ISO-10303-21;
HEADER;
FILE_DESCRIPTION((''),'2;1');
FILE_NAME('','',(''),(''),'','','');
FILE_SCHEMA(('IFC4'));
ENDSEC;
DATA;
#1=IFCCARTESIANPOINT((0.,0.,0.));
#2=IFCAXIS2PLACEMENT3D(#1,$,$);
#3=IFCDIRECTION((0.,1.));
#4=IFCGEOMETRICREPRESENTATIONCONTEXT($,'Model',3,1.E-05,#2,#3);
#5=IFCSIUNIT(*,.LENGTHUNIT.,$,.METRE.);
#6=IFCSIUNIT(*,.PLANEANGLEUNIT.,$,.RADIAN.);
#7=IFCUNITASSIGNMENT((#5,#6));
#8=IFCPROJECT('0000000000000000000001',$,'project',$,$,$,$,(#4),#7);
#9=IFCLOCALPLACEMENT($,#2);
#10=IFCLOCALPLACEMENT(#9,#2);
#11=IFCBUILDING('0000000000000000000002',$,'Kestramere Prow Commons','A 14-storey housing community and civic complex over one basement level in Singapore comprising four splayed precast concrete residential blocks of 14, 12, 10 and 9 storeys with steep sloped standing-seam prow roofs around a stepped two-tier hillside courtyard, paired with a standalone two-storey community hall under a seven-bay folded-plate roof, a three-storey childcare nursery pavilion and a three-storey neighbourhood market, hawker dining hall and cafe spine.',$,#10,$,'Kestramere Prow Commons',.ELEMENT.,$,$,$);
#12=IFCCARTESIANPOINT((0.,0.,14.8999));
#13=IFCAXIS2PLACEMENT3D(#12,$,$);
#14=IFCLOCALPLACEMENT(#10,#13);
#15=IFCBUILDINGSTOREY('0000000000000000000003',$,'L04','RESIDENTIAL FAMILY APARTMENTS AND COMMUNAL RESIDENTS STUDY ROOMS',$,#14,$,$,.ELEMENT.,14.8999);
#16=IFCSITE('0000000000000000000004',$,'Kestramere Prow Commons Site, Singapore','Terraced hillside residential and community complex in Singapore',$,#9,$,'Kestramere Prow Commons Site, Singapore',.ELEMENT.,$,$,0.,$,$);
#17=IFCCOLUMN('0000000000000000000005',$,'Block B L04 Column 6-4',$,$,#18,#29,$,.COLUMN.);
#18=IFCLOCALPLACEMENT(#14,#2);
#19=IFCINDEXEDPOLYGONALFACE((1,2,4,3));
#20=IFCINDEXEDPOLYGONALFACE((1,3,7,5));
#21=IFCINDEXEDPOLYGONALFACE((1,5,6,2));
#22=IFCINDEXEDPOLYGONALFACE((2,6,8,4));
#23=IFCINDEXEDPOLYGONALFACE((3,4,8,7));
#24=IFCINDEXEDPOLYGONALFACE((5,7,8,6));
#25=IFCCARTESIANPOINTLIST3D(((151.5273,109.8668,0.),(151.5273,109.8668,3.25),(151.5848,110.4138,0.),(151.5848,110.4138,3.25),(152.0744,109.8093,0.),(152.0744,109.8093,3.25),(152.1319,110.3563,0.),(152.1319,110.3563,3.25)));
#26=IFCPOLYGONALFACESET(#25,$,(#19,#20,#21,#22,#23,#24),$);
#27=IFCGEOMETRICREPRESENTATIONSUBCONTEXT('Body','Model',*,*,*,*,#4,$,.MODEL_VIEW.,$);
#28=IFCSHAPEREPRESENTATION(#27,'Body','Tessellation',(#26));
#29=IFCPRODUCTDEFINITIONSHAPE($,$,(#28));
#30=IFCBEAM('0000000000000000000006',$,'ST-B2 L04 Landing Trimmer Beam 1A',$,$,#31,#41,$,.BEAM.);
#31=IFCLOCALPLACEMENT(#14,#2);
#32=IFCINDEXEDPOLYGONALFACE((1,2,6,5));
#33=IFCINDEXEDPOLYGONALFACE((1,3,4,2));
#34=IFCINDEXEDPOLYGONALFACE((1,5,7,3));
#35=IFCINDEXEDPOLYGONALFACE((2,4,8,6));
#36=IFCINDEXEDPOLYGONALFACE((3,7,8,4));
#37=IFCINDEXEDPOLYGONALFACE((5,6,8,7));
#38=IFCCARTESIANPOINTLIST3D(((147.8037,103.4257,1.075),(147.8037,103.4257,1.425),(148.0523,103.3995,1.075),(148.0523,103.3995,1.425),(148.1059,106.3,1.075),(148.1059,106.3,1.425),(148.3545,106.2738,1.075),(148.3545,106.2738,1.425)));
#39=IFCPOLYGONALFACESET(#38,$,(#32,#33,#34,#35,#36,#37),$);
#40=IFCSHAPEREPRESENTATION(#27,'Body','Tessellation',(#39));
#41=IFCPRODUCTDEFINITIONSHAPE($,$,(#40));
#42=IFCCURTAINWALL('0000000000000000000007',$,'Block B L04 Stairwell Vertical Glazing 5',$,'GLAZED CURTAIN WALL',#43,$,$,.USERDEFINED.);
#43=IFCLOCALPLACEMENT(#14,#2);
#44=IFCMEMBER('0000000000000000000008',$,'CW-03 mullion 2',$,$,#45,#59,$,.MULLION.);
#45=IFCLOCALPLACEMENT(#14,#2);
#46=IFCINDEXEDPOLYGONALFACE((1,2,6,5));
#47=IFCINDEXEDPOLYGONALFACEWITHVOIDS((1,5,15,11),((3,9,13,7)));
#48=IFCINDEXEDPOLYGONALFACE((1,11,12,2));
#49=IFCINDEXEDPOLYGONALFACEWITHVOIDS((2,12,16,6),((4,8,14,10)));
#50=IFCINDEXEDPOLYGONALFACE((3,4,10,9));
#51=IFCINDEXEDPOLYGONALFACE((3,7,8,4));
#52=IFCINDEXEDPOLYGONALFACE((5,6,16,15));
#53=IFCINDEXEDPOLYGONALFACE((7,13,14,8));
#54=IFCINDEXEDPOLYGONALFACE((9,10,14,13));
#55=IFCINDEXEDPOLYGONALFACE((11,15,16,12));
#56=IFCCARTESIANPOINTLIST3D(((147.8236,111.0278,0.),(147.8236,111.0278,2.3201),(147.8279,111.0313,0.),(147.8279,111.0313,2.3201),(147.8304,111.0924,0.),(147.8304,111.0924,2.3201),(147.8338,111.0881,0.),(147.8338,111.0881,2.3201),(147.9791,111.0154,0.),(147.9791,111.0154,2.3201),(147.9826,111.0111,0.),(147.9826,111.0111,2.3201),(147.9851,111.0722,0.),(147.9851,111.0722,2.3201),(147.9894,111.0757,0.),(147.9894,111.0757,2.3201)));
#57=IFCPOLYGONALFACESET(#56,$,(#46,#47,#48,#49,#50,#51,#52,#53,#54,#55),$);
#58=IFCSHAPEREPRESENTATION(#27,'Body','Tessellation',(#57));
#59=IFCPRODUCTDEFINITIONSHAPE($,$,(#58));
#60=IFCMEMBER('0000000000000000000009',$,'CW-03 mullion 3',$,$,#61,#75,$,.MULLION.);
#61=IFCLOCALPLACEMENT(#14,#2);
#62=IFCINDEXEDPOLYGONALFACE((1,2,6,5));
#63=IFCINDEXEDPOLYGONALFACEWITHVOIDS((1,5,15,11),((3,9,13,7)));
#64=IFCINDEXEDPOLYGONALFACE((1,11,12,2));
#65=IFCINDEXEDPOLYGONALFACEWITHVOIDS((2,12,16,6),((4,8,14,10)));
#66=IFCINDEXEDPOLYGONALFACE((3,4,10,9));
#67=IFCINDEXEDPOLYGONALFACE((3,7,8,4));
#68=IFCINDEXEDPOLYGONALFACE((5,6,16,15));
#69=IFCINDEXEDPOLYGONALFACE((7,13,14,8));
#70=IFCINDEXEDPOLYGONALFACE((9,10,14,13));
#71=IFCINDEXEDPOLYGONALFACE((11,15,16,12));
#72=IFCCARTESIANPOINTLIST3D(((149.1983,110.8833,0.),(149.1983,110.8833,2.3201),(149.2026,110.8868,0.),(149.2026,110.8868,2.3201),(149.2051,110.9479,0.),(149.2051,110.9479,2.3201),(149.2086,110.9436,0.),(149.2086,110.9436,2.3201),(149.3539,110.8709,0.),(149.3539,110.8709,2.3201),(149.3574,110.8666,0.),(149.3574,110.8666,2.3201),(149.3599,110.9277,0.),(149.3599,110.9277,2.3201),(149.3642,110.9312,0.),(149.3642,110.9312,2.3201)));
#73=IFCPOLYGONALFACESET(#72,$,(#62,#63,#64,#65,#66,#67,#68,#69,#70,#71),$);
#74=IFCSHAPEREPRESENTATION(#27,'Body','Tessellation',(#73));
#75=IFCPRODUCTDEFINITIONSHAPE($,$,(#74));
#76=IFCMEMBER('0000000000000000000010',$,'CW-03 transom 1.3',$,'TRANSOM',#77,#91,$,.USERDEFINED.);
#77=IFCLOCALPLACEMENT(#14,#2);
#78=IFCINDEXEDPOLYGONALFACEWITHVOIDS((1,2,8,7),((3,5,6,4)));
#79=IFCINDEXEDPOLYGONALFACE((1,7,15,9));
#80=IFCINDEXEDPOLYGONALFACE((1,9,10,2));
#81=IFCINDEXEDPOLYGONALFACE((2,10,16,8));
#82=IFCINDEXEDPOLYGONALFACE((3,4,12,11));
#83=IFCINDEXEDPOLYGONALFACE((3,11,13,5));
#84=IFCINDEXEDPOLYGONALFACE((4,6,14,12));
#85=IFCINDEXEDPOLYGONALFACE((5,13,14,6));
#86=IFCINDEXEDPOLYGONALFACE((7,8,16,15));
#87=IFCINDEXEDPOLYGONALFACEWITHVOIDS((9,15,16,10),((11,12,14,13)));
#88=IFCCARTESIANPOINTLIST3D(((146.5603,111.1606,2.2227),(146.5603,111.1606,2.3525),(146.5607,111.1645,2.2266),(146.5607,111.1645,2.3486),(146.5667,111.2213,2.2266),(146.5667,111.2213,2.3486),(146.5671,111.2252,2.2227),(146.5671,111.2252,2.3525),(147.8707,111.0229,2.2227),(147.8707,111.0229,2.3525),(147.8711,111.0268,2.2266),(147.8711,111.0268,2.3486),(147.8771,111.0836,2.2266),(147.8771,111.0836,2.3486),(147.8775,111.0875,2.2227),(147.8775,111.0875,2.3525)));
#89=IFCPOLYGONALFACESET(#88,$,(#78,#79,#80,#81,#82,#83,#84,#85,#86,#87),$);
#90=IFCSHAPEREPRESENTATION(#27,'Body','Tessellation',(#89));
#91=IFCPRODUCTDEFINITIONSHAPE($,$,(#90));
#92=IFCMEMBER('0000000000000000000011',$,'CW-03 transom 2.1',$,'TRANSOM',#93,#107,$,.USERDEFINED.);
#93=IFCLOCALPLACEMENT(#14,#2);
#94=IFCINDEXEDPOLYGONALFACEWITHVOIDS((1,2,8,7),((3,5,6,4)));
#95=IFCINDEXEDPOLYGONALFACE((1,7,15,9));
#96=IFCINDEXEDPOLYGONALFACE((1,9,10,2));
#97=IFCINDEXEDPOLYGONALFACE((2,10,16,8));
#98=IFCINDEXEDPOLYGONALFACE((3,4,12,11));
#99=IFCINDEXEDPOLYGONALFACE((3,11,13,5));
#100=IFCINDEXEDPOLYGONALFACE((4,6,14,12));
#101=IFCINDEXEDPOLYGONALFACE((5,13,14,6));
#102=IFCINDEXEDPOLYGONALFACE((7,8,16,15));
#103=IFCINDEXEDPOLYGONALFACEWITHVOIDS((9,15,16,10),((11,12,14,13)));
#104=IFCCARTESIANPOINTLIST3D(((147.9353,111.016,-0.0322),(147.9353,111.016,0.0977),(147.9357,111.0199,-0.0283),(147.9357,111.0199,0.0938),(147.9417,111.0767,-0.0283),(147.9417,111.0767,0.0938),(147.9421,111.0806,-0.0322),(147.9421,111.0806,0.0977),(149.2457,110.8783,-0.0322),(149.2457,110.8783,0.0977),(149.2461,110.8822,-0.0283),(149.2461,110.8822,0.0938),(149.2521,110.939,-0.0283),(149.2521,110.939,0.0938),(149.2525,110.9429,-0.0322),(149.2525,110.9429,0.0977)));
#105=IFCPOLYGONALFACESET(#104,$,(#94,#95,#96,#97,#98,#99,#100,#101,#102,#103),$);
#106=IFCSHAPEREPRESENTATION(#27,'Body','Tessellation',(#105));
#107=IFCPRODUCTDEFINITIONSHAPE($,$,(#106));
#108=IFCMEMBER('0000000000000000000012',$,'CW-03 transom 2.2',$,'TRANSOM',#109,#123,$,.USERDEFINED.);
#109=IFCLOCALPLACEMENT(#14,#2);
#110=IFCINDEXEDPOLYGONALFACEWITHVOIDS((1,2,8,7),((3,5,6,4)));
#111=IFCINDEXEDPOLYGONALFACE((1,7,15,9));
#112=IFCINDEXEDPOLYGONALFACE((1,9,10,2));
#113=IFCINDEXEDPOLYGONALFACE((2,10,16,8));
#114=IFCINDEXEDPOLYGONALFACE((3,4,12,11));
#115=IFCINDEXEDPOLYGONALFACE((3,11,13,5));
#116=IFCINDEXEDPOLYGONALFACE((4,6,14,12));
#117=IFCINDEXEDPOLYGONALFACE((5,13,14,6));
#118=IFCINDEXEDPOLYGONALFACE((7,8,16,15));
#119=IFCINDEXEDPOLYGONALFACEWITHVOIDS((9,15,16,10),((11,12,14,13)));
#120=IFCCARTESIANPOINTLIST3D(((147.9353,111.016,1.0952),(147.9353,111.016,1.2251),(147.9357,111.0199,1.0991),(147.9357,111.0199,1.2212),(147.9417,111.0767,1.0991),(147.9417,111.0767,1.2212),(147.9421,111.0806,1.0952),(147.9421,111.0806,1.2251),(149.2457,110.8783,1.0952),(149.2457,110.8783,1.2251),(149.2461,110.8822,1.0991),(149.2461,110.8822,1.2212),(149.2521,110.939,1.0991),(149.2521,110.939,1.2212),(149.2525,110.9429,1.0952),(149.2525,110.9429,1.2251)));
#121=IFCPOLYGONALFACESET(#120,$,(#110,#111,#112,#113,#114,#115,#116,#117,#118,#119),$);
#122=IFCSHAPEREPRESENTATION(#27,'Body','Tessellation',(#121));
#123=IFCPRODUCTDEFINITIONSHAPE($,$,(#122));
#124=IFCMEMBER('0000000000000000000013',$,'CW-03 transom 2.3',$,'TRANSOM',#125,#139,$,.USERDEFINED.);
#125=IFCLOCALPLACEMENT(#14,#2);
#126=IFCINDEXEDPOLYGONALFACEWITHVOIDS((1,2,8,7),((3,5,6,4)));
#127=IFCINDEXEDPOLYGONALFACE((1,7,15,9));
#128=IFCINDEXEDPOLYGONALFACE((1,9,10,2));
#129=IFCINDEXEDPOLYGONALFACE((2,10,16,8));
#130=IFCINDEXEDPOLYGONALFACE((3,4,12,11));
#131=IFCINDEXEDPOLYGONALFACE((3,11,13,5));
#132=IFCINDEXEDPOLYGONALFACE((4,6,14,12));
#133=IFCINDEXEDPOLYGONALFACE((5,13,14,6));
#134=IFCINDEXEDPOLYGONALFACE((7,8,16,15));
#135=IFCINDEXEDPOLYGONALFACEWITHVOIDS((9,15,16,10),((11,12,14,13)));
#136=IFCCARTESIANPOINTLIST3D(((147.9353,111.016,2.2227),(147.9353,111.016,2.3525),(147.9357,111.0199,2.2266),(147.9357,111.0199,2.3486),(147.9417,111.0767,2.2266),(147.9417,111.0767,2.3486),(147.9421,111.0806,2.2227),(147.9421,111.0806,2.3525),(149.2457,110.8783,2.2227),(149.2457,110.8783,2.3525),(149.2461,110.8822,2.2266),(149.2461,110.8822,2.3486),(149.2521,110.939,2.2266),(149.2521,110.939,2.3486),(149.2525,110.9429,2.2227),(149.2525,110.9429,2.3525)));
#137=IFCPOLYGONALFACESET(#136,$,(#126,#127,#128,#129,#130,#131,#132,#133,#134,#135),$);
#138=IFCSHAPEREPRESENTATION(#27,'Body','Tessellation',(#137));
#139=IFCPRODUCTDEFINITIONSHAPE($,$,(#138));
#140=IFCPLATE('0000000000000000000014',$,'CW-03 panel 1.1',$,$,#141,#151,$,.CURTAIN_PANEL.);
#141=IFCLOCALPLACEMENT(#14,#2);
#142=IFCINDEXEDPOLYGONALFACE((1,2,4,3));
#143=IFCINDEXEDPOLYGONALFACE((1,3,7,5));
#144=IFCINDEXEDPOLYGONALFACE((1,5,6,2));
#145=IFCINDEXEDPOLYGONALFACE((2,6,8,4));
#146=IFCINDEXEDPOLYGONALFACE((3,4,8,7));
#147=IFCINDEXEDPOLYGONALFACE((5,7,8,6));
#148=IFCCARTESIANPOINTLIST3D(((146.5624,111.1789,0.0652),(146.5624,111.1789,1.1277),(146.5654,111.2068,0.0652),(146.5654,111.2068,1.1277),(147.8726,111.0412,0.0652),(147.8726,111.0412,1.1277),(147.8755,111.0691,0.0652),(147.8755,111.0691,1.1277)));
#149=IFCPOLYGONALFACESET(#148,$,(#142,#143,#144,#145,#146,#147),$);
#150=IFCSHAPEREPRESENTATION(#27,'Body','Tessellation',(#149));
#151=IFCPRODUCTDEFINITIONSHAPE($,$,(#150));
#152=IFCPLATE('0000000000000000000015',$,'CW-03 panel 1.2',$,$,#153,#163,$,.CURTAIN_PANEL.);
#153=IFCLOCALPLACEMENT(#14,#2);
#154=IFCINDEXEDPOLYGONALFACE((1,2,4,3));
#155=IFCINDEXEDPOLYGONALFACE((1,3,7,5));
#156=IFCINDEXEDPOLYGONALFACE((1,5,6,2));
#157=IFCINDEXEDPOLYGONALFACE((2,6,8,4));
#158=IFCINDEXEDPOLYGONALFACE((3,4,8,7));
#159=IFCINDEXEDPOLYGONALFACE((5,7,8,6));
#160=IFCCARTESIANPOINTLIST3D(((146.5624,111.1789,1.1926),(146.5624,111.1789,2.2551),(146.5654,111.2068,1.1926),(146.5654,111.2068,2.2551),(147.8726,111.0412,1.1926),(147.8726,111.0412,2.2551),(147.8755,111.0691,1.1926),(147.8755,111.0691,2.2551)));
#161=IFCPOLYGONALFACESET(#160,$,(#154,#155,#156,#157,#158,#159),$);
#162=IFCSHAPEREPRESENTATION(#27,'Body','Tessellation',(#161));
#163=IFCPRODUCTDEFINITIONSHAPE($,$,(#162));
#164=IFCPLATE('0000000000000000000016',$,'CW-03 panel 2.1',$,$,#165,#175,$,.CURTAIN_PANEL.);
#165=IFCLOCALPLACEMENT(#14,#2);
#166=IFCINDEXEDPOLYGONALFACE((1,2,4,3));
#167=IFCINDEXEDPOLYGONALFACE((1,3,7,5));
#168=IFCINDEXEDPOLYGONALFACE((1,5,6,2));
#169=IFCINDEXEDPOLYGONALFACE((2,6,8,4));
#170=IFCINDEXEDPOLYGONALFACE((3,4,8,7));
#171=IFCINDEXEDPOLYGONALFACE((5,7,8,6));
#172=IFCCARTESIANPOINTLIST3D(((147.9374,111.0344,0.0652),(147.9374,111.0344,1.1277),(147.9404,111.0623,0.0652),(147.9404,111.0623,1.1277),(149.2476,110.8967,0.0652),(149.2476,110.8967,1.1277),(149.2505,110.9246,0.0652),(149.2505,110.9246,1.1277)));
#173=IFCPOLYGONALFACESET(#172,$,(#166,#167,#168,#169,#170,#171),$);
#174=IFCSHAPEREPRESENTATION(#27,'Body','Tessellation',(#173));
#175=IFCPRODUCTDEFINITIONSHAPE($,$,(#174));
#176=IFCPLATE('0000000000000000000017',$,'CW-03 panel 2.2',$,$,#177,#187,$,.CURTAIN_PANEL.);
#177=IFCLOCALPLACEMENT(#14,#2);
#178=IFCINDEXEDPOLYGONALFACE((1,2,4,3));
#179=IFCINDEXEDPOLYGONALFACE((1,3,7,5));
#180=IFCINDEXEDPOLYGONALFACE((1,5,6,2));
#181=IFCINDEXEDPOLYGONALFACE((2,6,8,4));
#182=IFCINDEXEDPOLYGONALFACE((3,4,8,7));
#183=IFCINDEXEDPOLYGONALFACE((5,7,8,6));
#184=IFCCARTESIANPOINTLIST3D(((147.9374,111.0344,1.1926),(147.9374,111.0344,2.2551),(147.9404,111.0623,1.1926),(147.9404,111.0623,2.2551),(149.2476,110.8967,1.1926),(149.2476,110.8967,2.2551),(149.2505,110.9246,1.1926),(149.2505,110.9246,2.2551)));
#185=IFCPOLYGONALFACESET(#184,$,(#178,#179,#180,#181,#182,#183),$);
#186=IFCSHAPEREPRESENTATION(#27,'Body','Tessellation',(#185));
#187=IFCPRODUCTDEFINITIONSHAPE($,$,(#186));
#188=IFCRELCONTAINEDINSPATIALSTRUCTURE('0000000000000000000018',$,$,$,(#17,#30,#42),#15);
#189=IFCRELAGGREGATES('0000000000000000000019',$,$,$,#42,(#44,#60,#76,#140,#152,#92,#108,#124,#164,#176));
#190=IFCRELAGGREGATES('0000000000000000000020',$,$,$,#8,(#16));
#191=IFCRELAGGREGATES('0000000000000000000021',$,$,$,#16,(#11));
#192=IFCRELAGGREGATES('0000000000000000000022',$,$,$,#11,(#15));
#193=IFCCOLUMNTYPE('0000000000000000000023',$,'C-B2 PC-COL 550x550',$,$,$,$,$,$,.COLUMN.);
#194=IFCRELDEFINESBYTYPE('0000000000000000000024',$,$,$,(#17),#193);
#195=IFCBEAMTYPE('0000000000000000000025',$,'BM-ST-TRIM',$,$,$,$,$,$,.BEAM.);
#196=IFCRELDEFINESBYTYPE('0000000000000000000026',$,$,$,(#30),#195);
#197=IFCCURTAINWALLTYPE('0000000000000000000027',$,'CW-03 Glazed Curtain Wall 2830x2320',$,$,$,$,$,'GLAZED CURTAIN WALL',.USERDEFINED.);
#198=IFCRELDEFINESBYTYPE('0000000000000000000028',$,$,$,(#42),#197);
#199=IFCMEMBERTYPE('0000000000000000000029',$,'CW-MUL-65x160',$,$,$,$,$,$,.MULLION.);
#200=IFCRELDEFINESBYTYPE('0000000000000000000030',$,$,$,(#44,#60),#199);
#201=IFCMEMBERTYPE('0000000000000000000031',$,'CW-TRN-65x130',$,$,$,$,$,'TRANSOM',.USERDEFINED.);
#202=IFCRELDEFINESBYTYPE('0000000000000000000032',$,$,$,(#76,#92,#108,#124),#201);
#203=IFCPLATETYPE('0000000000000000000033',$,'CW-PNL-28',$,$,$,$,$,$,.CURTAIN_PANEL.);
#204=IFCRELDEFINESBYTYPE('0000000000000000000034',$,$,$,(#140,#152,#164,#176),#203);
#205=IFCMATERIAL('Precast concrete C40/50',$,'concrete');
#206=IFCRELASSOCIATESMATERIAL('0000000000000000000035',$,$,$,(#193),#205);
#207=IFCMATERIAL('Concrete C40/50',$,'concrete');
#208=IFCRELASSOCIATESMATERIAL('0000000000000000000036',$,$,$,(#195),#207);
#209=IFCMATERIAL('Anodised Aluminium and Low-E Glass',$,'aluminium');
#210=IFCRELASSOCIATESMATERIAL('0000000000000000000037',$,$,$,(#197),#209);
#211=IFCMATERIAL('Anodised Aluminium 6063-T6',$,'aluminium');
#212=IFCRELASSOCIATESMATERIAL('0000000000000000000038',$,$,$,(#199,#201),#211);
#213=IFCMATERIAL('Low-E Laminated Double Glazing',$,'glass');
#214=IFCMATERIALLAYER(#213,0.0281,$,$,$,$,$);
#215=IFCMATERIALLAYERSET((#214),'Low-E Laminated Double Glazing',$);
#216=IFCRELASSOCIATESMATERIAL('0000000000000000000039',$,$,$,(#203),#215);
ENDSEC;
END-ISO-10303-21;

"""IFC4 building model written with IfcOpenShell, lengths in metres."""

from ifc_helpers import new_model, si_unit, direction, frame, origin, origin_2d, place, context, subcontext, project, spatial, rectangle, hollow_rectangle, extrude, material, layer, layer_set, material_profile, profile_set, type_object, element, aggregate, save


model = new_model("IFC4")

# Units and contexts
model_context = context("Model", 3, precision=1e-05, world=origin(), true_north=direction((0.0, 1.0)))
body_context = subcontext(model_context, "Body", "Model", "MODEL_VIEW")
ifc_project = project(units=[si_unit("LENGTHUNIT", "METRE"), si_unit("PLANEANGLEUNIT", "RADIAN")], contexts=[model_context])

# Site, building, storey
site_placement = place(None, origin())
site = spatial("IfcSite", under=ifc_project, at=site_placement, Name="Kestramere Prow Commons Site, Singapore", Description="Terraced hillside residential and community complex in Singapore", LongName="Kestramere Prow Commons Site, Singapore", CompositionType="ELEMENT", RefElevation=0.0)
building_placement = place(site_placement, origin())
building = spatial("IfcBuilding", under=site, at=building_placement, Name="Kestramere Prow Commons", Description="A 14-storey housing community and civic complex over one basement level in Singapore comprising four splayed precast concrete residential blocks of 14, 12, 10 and 9 storeys with steep sloped standing-seam prow roofs around a stepped two-tier hillside courtyard, paired with a standalone two-storey community hall under a seven-bay folded-plate roof, a three-storey childcare nursery pavilion and a three-storey neighbourhood market, hawker dining hall and cafe spine.", LongName="Kestramere Prow Commons", CompositionType="ELEMENT")
storey_placement = place(building_placement, frame((0.0, 0.0, 14.8999)))
storey = spatial("IfcBuildingStorey", under=building, at=storey_placement, Name="L04", Description="RESIDENTIAL FAMILY APARTMENTS AND COMMUNAL RESIDENTS STUDY ROOMS", CompositionType="ELEMENT", Elevation=14.8999)

# Column
ifc_material_1 = material(Name="Precast concrete C40/50", Category="concrete")
ifc_material_profile_1 = material_profile(ifc_material_1, rectangle(XDim=0.55, YDim=0.55, at=origin_2d()), Name="PC-COL 550x550")
ifc_profile_set_1 = profile_set([ifc_material_profile_1], Name="Precast concrete C40/50")
column_type = type_object("IfcColumnType", Name="C-B2 PC-COL 550x550", PredefinedType="COLUMN", material=ifc_profile_set_1)
column_placement = place(storey_placement, frame((151.8296, 110.1116, 0.0), z_axis=(0.0, 0.0, 1.0), x_axis=(0.994522, -0.104528, 0.0)))
element("IfcColumn", 1, at=column_placement, inside=storey, type_object=column_type, Name="Block B L04 Column 6-4", PredefinedType="COLUMN", context=body_context, shape_type="SweptSolid", body=[
    extrude(rectangle(XDim=0.55, YDim=0.55, at=origin_2d()), origin(), (0.0, 0.0, 1.0), 3.25),
])

# Beam
ifc_material_2 = material(Name="Concrete C40/50", Category="concrete")
ifc_material_profile_2 = material_profile(ifc_material_2, rectangle(XDim=0.25, YDim=0.3501, at=origin_2d()), Name="PC-BM 250x350")
ifc_profile_set_2 = profile_set([ifc_material_profile_2], Name="Concrete C40/50")
beam_type = type_object("IfcBeamType", Name="BM-ST-TRIM", PredefinedType="BEAM", material=ifc_profile_set_2)
beam_placement = place(storey_placement, frame((147.928, 103.4126, 1.25), z_axis=(0.104579, 0.994517, 0.0), x_axis=(-0.994517, 0.104579, 0.0)))
element("IfcBeam", 2, at=beam_placement, inside=storey, type_object=beam_type, Name="ST-B2 L04 Landing Trimmer Beam 1A", PredefinedType="BEAM", context=body_context, shape_type="SweptSolid", body=[
    extrude(rectangle(XDim=0.25, YDim=0.3501, at=origin_2d()), origin(), (0.0, 0.0, 1.0), 2.8901),
])

# Curtain wall, members, plates
ifc_material_3 = material(Name="Anodised Aluminium and Low-E Glass", Category="aluminium")
curtain_wall_type = type_object("IfcCurtainWallType", Name="CW-03 Glazed Curtain Wall 2830x2320", ElementType="GLAZED CURTAIN WALL", PredefinedType="USERDEFINED", material=ifc_material_3)
curtain_wall_placement = place(storey_placement, origin())
curtain_wall = element("IfcCurtainWall", 3, at=curtain_wall_placement, inside=storey, type_object=curtain_wall_type, Name="Block B L04 Stairwell Vertical Glazing 5", ObjectType="GLAZED CURTAIN WALL", PredefinedType="USERDEFINED")
ifc_material_4 = material(Name="Anodised Aluminium 6063-T6", Category="aluminium")
ifc_material_profile_3 = material_profile(ifc_material_4, hollow_rectangle(XDim=0.0649, YDim=0.1599, WallThickness=0.0039, at=origin_2d()), Name="ALU-MUL 65x160")
ifc_profile_set_3 = profile_set([ifc_material_profile_3], Name="Anodised Aluminium 6063-T6")
member_type_1 = type_object("IfcMemberType", Name="CW-MUL-65x160", PredefinedType="MULLION", material=ifc_profile_set_3)
member_1_placement = place(storey_placement, frame((147.9065, 111.0518, 0.0), z_axis=(0.0, 0.0, 1.0), x_axis=(0.104528, 0.994522, 0.0)))
member_1 = element("IfcMember", 4, at=member_1_placement, type_object=member_type_1, Name="CW-03 mullion 2", PredefinedType="MULLION", context=body_context, shape_type="SweptSolid", body=[
    extrude(hollow_rectangle(XDim=0.0649, YDim=0.1599, WallThickness=0.0039, at=origin_2d()), origin(), (0.0, 0.0, 1.0), 2.3201),
])
member_2_placement = place(storey_placement, frame((149.2812, 110.9072, 0.0), z_axis=(0.0, 0.0, 1.0), x_axis=(0.104528, 0.994522, 0.0)))
member_2 = element("IfcMember", 5, at=member_2_placement, type_object=member_type_1, Name="CW-03 mullion 3", PredefinedType="MULLION", context=body_context, shape_type="SweptSolid", body=[
    extrude(hollow_rectangle(XDim=0.0649, YDim=0.1599, WallThickness=0.0039, at=origin_2d()), origin(), (0.0, 0.0, 1.0), 2.3201),
])
ifc_material_profile_4 = material_profile(ifc_material_4, hollow_rectangle(XDim=0.0649, YDim=0.1299, WallThickness=0.0039, at=origin_2d()), Name="ALU-TRN 65x130")
ifc_profile_set_4 = profile_set([ifc_material_profile_4], Name="Anodised Aluminium 6063-T6")
member_type_2 = type_object("IfcMemberType", Name="CW-TRN-65x130", ElementType="TRANSOM", PredefinedType="USERDEFINED", material=ifc_profile_set_4)
member_3_placement = place(storey_placement, frame((146.5637, 111.1929, 2.2876), z_axis=(0.994524, -0.104511, 0.0), x_axis=(0.104511, 0.994524, 0.0)))
member_3 = element("IfcMember", 6, at=member_3_placement, type_object=member_type_2, Name="CW-03 transom 1.3", ObjectType="TRANSOM", PredefinedType="USERDEFINED", context=body_context, shape_type="SweptSolid", body=[
    extrude(hollow_rectangle(XDim=0.0649, YDim=0.1299, WallThickness=0.0039, at=origin_2d()), origin(), (0.0, 0.0, 1.0), 1.3176),
])
member_4_placement = place(storey_placement, frame((147.9387, 111.0483, 0.0327), z_axis=(0.994524, -0.104511, 0.0), x_axis=(0.104511, 0.994524, 0.0)))
member_4 = element("IfcMember", 7, at=member_4_placement, type_object=member_type_2, Name="CW-03 transom 2.1", ObjectType="TRANSOM", PredefinedType="USERDEFINED", context=body_context, shape_type="SweptSolid", body=[
    extrude(hollow_rectangle(XDim=0.0649, YDim=0.1299, WallThickness=0.0039, at=origin_2d()), origin(), (0.0, 0.0, 1.0), 1.3176),
])
member_5_placement = place(storey_placement, frame((147.9387, 111.0483, 1.1602), z_axis=(0.994524, -0.104511, 0.0), x_axis=(0.104511, 0.994524, 0.0)))
member_5 = element("IfcMember", 8, at=member_5_placement, type_object=member_type_2, Name="CW-03 transom 2.2", ObjectType="TRANSOM", PredefinedType="USERDEFINED", context=body_context, shape_type="SweptSolid", body=[
    extrude(hollow_rectangle(XDim=0.0649, YDim=0.1299, WallThickness=0.0039, at=origin_2d()), origin(), (0.0, 0.0, 1.0), 1.3176),
])
member_6_placement = place(storey_placement, frame((147.9387, 111.0483, 2.2876), z_axis=(0.994524, -0.104511, 0.0), x_axis=(0.104511, 0.994524, 0.0)))
member_6 = element("IfcMember", 9, at=member_6_placement, type_object=member_type_2, Name="CW-03 transom 2.3", ObjectType="TRANSOM", PredefinedType="USERDEFINED", context=body_context, shape_type="SweptSolid", body=[
    extrude(hollow_rectangle(XDim=0.0649, YDim=0.1299, WallThickness=0.0039, at=origin_2d()), origin(), (0.0, 0.0, 1.0), 1.3176),
])
ifc_material_5 = material(Name="Low-E Laminated Double Glazing", Category="glass")
ifc_layer_1 = layer(ifc_material_5, 0.0281)
ifc_layer_set_1 = layer_set([ifc_layer_1], Name="Low-E Laminated Double Glazing")
plate_type = type_object("IfcPlateType", Name="CW-PNL-28", PredefinedType="CURTAIN_PANEL", material=ifc_layer_set_1)
plate_1_placement = place(storey_placement, frame((147.219, 111.124, 0.0652), z_axis=(0.0, 0.0, 1.0), x_axis=(0.994522, -0.104528, 0.0)))
plate_1 = element("IfcPlate", 10, at=plate_1_placement, type_object=plate_type, Name="CW-03 panel 1.1", PredefinedType="CURTAIN_PANEL", context=body_context, shape_type="SweptSolid", body=[
    extrude(rectangle(XDim=1.3174, YDim=0.0281, at=origin_2d()), origin(), (0.0, 0.0, 1.0), 1.0625),
])
plate_2_placement = place(storey_placement, frame((147.219, 111.124, 1.1926), z_axis=(0.0, 0.0, 1.0), x_axis=(0.994522, -0.104528, 0.0)))
plate_2 = element("IfcPlate", 11, at=plate_2_placement, type_object=plate_type, Name="CW-03 panel 1.2", PredefinedType="CURTAIN_PANEL", context=body_context, shape_type="SweptSolid", body=[
    extrude(rectangle(XDim=1.3174, YDim=0.0281, at=origin_2d()), origin(), (0.0, 0.0, 1.0), 1.0625),
])
plate_3_placement = place(storey_placement, frame((148.594, 110.9795, 0.0652), z_axis=(0.0, 0.0, 1.0), x_axis=(0.994522, -0.104528, 0.0)))
plate_3 = element("IfcPlate", 12, at=plate_3_placement, type_object=plate_type, Name="CW-03 panel 2.1", PredefinedType="CURTAIN_PANEL", context=body_context, shape_type="SweptSolid", body=[
    extrude(rectangle(XDim=1.3174, YDim=0.0281, at=origin_2d()), origin(), (0.0, 0.0, 1.0), 1.0625),
])
plate_4_placement = place(storey_placement, frame((148.594, 110.9795, 1.1926), z_axis=(0.0, 0.0, 1.0), x_axis=(0.994522, -0.104528, 0.0)))
plate_4 = element("IfcPlate", 13, at=plate_4_placement, type_object=plate_type, Name="CW-03 panel 2.2", PredefinedType="CURTAIN_PANEL", context=body_context, shape_type="SweptSolid", body=[
    extrude(rectangle(XDim=1.3174, YDim=0.0281, at=origin_2d()), origin(), (0.0, 0.0, 1.0), 1.0625),
])
aggregate(curtain_wall, [member_1, member_2, member_3, plate_1, plate_2, member_4, member_5, member_6, plate_3, plate_4])

save(model, "model.ifc")
